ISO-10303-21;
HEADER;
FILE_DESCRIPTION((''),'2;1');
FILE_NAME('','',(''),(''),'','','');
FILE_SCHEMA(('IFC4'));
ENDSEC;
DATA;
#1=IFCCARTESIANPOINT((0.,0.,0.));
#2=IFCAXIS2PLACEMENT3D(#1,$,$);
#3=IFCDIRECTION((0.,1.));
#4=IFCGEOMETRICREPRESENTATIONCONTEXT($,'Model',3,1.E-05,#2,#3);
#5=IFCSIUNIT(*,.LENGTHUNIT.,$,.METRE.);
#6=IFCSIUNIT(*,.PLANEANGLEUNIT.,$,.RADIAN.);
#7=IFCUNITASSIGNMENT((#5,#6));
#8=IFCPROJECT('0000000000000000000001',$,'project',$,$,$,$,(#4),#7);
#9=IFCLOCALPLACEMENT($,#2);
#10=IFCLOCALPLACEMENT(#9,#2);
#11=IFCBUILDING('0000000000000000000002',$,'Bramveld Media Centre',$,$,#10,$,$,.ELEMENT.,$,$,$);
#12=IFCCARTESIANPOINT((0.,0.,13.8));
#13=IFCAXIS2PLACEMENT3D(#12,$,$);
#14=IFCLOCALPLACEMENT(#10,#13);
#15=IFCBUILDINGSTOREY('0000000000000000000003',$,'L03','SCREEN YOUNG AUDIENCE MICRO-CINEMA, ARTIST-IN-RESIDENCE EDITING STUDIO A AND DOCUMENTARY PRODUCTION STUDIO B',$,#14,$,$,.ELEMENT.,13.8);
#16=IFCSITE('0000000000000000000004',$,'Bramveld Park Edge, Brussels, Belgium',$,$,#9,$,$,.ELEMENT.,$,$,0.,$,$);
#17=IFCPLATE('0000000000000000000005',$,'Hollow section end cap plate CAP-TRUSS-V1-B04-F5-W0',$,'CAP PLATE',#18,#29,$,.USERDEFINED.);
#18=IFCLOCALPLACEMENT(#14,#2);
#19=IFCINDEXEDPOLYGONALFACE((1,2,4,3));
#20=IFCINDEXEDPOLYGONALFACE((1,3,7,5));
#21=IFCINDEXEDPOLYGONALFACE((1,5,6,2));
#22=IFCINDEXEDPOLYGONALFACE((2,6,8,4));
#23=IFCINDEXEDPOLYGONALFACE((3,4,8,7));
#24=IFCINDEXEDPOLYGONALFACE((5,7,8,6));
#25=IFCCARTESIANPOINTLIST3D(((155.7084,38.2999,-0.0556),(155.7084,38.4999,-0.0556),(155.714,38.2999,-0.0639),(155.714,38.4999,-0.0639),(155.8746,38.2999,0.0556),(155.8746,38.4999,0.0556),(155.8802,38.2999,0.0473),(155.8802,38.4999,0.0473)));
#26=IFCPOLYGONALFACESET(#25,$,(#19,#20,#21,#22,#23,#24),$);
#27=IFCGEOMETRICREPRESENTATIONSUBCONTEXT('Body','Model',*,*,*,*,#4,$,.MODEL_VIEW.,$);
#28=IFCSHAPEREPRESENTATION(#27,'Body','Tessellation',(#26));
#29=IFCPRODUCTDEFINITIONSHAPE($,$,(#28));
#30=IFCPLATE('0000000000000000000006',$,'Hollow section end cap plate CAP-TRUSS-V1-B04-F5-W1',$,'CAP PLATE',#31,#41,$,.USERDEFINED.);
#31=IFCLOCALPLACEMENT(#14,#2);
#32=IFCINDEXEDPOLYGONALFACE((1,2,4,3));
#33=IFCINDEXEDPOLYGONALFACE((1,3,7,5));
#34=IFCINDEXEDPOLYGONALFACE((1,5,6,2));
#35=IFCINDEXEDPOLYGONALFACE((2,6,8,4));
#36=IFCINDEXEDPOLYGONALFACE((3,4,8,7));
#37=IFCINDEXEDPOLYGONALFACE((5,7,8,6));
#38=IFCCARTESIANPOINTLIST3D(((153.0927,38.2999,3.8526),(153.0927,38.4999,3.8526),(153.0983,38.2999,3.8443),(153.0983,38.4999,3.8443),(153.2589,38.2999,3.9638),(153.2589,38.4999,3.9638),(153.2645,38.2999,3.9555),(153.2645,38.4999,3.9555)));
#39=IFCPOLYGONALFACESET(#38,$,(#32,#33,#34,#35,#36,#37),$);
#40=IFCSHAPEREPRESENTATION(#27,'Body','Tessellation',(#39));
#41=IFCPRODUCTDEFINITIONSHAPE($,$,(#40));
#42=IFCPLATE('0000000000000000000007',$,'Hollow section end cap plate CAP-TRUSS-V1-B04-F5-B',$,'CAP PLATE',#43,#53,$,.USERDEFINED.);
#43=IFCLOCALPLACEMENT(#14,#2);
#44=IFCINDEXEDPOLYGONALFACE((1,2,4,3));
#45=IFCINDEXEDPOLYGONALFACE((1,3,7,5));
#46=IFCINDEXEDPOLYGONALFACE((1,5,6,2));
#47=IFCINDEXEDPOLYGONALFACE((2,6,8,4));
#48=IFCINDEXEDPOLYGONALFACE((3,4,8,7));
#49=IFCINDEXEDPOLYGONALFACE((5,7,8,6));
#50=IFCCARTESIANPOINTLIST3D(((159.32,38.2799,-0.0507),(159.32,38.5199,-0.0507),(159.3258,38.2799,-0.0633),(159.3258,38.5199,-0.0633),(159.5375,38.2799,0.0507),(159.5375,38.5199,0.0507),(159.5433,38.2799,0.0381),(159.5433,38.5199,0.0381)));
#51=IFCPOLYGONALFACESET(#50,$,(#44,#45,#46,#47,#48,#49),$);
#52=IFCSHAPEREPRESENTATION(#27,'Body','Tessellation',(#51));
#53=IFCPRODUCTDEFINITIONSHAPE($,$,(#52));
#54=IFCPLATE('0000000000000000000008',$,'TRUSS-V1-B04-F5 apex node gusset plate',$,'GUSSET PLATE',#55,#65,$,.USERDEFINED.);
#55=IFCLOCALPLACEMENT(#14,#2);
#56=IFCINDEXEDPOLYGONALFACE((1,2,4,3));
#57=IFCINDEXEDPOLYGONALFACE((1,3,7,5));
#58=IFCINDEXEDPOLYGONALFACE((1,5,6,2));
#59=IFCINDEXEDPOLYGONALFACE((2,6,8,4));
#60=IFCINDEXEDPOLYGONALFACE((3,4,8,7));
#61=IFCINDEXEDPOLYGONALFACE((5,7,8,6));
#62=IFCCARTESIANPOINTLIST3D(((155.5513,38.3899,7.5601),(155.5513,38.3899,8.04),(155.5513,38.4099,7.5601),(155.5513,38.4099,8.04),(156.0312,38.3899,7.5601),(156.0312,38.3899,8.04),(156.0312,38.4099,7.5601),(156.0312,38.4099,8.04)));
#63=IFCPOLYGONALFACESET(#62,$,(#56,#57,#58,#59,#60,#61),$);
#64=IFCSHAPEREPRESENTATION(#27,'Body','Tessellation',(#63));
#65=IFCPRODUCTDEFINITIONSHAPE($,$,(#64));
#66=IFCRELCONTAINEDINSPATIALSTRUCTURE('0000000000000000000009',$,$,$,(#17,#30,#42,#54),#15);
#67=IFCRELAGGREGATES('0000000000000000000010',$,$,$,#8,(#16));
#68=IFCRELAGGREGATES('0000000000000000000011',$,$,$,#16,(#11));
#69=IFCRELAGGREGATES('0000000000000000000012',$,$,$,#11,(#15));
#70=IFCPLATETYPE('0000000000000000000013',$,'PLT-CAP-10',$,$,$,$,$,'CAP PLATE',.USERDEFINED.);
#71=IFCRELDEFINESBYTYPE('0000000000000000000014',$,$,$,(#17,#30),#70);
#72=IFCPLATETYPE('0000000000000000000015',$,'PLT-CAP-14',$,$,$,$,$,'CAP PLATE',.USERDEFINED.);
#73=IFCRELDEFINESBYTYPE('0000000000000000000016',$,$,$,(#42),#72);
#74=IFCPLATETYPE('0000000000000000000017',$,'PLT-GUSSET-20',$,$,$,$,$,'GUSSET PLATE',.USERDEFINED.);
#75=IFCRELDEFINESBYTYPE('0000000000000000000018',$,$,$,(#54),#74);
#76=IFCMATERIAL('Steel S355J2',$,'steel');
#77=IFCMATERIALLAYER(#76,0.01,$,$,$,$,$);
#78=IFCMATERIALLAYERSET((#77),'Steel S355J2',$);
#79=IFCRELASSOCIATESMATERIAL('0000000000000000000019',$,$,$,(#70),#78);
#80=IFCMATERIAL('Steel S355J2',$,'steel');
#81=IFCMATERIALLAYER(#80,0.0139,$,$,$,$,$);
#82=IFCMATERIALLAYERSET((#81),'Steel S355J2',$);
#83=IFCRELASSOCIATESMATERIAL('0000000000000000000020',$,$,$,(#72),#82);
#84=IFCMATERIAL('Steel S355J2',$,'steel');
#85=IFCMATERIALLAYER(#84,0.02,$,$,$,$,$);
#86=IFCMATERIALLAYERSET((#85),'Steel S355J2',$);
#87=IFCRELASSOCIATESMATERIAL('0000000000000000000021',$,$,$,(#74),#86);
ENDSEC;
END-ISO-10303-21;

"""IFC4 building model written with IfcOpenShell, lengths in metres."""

from ifc_helpers import new_model, si_unit, direction, frame, origin, origin_2d, place, context, subcontext, project, spatial, rectangle, extrude, material, layer, layer_set, type_object, element, save


model = new_model("IFC4")

# Units and contexts
model_context = context("Model", 3, precision=1e-05, world=origin(), true_north=direction((0.0, 1.0)))
body_context = subcontext(model_context, "Body", "Model", "MODEL_VIEW")
ifc_project = project(units=[si_unit("LENGTHUNIT", "METRE"), si_unit("PLANEANGLEUNIT", "RADIAN")], contexts=[model_context])

# Site, building, storey
site_placement = place(None, origin())
site = spatial("IfcSite", under=ifc_project, at=site_placement, Name="Bramveld Park Edge, Brussels, Belgium", CompositionType="ELEMENT", RefElevation=0.0)
building_placement = place(site_placement, origin())
building = spatial("IfcBuilding", under=site, at=building_placement, Name="Bramveld Media Centre", CompositionType="ELEMENT")
storey_placement = place(building_placement, frame((0.0, 0.0, 13.8)))
storey = spatial("IfcBuildingStorey", under=building, at=storey_placement, Name="L03", Description="SCREEN YOUNG AUDIENCE MICRO-CINEMA, ARTIST-IN-RESIDENCE EDITING STUDIO A AND DOCUMENTARY PRODUCTION STUDIO B", CompositionType="ELEMENT", Elevation=13.8)

# Plates
ifc_material_1 = material(Name="Steel S355J2", Category="steel")
ifc_layer_1 = layer(ifc_material_1, 0.01)
ifc_layer_set_1 = layer_set([ifc_layer_1], Name="Steel S355J2")
plate_type_1 = type_object("IfcPlateType", Name="PLT-CAP-10", ElementType="CAP PLATE", PredefinedType="USERDEFINED", material=ifc_layer_set_1)
for number, where, z_axis, x_axis, name in (
    (1, (155.7915, 38.3999, 0.0), (0.55616, 0.0, -0.831075), (0.0, 1.0, 0.0), "Hollow section end cap plate CAP-TRUSS-V1-B04-F5-W0"),
    (2, (153.1814, 38.3999, 3.8999), (-0.55616, 0.0, 0.831075), (0.0, -1.0, 0.0), "Hollow section end cap plate CAP-TRUSS-V1-B04-F5-W1"),
):
    element("IfcPlate", number, at=place(storey_placement, frame(where, z_axis=z_axis, x_axis=x_axis)), inside=storey, type_object=plate_type_1, Name=name, ObjectType="CAP PLATE", PredefinedType="USERDEFINED", context=body_context, shape_type="SweptSolid", body=[
        extrude(rectangle(XDim=0.2, YDim=0.2, at=origin_2d()), origin(), (0.0, 0.0, 1.0), 0.01),
    ])
ifc_material_2 = material(Name="Steel S355J2", Category="steel")
ifc_layer_2 = layer(ifc_material_2, 0.0139)
ifc_layer_set_2 = layer_set([ifc_layer_2], Name="Steel S355J2")
plate_type_2 = type_object("IfcPlateType", Name="PLT-CAP-14", ElementType="CAP PLATE", PredefinedType="USERDEFINED", material=ifc_layer_set_2)
plate_1_placement = place(storey_placement, frame((159.4287, 38.3999, 0.0), z_axis=(0.422628, 0.0, -0.906303), x_axis=(0.0, 1.0, 0.0)))
element("IfcPlate", 3, at=plate_1_placement, inside=storey, type_object=plate_type_2, Name="Hollow section end cap plate CAP-TRUSS-V1-B04-F5-B", ObjectType="CAP PLATE", PredefinedType="USERDEFINED", context=body_context, shape_type="SweptSolid", body=[
    extrude(rectangle(XDim=0.24, YDim=0.24, at=origin_2d()), origin(), (0.0, 0.0, 1.0), 0.0139),
])
ifc_material_3 = material(Name="Steel S355J2", Category="steel")
ifc_layer_3 = layer(ifc_material_3, 0.02)
ifc_layer_set_3 = layer_set([ifc_layer_3], Name="Steel S355J2")
plate_type_3 = type_object("IfcPlateType", Name="PLT-GUSSET-20", ElementType="GUSSET PLATE", PredefinedType="USERDEFINED", material=ifc_layer_set_3)
plate_2_placement = place(storey_placement, frame((155.7913, 38.3999, 7.5601), z_axis=(0.0, 0.0, 1.0), x_axis=(1.0, 0.0, 0.0)))
element("IfcPlate", 4, at=plate_2_placement, inside=storey, type_object=plate_type_3, Name="TRUSS-V1-B04-F5 apex node gusset plate", ObjectType="GUSSET PLATE", PredefinedType="USERDEFINED", context=body_context, shape_type="SweptSolid", body=[
    extrude(rectangle(XDim=0.48, YDim=0.02, at=origin_2d()), origin(), (0.0, 0.0, 1.0), 0.48),
])

save(model, "model.ifc")
